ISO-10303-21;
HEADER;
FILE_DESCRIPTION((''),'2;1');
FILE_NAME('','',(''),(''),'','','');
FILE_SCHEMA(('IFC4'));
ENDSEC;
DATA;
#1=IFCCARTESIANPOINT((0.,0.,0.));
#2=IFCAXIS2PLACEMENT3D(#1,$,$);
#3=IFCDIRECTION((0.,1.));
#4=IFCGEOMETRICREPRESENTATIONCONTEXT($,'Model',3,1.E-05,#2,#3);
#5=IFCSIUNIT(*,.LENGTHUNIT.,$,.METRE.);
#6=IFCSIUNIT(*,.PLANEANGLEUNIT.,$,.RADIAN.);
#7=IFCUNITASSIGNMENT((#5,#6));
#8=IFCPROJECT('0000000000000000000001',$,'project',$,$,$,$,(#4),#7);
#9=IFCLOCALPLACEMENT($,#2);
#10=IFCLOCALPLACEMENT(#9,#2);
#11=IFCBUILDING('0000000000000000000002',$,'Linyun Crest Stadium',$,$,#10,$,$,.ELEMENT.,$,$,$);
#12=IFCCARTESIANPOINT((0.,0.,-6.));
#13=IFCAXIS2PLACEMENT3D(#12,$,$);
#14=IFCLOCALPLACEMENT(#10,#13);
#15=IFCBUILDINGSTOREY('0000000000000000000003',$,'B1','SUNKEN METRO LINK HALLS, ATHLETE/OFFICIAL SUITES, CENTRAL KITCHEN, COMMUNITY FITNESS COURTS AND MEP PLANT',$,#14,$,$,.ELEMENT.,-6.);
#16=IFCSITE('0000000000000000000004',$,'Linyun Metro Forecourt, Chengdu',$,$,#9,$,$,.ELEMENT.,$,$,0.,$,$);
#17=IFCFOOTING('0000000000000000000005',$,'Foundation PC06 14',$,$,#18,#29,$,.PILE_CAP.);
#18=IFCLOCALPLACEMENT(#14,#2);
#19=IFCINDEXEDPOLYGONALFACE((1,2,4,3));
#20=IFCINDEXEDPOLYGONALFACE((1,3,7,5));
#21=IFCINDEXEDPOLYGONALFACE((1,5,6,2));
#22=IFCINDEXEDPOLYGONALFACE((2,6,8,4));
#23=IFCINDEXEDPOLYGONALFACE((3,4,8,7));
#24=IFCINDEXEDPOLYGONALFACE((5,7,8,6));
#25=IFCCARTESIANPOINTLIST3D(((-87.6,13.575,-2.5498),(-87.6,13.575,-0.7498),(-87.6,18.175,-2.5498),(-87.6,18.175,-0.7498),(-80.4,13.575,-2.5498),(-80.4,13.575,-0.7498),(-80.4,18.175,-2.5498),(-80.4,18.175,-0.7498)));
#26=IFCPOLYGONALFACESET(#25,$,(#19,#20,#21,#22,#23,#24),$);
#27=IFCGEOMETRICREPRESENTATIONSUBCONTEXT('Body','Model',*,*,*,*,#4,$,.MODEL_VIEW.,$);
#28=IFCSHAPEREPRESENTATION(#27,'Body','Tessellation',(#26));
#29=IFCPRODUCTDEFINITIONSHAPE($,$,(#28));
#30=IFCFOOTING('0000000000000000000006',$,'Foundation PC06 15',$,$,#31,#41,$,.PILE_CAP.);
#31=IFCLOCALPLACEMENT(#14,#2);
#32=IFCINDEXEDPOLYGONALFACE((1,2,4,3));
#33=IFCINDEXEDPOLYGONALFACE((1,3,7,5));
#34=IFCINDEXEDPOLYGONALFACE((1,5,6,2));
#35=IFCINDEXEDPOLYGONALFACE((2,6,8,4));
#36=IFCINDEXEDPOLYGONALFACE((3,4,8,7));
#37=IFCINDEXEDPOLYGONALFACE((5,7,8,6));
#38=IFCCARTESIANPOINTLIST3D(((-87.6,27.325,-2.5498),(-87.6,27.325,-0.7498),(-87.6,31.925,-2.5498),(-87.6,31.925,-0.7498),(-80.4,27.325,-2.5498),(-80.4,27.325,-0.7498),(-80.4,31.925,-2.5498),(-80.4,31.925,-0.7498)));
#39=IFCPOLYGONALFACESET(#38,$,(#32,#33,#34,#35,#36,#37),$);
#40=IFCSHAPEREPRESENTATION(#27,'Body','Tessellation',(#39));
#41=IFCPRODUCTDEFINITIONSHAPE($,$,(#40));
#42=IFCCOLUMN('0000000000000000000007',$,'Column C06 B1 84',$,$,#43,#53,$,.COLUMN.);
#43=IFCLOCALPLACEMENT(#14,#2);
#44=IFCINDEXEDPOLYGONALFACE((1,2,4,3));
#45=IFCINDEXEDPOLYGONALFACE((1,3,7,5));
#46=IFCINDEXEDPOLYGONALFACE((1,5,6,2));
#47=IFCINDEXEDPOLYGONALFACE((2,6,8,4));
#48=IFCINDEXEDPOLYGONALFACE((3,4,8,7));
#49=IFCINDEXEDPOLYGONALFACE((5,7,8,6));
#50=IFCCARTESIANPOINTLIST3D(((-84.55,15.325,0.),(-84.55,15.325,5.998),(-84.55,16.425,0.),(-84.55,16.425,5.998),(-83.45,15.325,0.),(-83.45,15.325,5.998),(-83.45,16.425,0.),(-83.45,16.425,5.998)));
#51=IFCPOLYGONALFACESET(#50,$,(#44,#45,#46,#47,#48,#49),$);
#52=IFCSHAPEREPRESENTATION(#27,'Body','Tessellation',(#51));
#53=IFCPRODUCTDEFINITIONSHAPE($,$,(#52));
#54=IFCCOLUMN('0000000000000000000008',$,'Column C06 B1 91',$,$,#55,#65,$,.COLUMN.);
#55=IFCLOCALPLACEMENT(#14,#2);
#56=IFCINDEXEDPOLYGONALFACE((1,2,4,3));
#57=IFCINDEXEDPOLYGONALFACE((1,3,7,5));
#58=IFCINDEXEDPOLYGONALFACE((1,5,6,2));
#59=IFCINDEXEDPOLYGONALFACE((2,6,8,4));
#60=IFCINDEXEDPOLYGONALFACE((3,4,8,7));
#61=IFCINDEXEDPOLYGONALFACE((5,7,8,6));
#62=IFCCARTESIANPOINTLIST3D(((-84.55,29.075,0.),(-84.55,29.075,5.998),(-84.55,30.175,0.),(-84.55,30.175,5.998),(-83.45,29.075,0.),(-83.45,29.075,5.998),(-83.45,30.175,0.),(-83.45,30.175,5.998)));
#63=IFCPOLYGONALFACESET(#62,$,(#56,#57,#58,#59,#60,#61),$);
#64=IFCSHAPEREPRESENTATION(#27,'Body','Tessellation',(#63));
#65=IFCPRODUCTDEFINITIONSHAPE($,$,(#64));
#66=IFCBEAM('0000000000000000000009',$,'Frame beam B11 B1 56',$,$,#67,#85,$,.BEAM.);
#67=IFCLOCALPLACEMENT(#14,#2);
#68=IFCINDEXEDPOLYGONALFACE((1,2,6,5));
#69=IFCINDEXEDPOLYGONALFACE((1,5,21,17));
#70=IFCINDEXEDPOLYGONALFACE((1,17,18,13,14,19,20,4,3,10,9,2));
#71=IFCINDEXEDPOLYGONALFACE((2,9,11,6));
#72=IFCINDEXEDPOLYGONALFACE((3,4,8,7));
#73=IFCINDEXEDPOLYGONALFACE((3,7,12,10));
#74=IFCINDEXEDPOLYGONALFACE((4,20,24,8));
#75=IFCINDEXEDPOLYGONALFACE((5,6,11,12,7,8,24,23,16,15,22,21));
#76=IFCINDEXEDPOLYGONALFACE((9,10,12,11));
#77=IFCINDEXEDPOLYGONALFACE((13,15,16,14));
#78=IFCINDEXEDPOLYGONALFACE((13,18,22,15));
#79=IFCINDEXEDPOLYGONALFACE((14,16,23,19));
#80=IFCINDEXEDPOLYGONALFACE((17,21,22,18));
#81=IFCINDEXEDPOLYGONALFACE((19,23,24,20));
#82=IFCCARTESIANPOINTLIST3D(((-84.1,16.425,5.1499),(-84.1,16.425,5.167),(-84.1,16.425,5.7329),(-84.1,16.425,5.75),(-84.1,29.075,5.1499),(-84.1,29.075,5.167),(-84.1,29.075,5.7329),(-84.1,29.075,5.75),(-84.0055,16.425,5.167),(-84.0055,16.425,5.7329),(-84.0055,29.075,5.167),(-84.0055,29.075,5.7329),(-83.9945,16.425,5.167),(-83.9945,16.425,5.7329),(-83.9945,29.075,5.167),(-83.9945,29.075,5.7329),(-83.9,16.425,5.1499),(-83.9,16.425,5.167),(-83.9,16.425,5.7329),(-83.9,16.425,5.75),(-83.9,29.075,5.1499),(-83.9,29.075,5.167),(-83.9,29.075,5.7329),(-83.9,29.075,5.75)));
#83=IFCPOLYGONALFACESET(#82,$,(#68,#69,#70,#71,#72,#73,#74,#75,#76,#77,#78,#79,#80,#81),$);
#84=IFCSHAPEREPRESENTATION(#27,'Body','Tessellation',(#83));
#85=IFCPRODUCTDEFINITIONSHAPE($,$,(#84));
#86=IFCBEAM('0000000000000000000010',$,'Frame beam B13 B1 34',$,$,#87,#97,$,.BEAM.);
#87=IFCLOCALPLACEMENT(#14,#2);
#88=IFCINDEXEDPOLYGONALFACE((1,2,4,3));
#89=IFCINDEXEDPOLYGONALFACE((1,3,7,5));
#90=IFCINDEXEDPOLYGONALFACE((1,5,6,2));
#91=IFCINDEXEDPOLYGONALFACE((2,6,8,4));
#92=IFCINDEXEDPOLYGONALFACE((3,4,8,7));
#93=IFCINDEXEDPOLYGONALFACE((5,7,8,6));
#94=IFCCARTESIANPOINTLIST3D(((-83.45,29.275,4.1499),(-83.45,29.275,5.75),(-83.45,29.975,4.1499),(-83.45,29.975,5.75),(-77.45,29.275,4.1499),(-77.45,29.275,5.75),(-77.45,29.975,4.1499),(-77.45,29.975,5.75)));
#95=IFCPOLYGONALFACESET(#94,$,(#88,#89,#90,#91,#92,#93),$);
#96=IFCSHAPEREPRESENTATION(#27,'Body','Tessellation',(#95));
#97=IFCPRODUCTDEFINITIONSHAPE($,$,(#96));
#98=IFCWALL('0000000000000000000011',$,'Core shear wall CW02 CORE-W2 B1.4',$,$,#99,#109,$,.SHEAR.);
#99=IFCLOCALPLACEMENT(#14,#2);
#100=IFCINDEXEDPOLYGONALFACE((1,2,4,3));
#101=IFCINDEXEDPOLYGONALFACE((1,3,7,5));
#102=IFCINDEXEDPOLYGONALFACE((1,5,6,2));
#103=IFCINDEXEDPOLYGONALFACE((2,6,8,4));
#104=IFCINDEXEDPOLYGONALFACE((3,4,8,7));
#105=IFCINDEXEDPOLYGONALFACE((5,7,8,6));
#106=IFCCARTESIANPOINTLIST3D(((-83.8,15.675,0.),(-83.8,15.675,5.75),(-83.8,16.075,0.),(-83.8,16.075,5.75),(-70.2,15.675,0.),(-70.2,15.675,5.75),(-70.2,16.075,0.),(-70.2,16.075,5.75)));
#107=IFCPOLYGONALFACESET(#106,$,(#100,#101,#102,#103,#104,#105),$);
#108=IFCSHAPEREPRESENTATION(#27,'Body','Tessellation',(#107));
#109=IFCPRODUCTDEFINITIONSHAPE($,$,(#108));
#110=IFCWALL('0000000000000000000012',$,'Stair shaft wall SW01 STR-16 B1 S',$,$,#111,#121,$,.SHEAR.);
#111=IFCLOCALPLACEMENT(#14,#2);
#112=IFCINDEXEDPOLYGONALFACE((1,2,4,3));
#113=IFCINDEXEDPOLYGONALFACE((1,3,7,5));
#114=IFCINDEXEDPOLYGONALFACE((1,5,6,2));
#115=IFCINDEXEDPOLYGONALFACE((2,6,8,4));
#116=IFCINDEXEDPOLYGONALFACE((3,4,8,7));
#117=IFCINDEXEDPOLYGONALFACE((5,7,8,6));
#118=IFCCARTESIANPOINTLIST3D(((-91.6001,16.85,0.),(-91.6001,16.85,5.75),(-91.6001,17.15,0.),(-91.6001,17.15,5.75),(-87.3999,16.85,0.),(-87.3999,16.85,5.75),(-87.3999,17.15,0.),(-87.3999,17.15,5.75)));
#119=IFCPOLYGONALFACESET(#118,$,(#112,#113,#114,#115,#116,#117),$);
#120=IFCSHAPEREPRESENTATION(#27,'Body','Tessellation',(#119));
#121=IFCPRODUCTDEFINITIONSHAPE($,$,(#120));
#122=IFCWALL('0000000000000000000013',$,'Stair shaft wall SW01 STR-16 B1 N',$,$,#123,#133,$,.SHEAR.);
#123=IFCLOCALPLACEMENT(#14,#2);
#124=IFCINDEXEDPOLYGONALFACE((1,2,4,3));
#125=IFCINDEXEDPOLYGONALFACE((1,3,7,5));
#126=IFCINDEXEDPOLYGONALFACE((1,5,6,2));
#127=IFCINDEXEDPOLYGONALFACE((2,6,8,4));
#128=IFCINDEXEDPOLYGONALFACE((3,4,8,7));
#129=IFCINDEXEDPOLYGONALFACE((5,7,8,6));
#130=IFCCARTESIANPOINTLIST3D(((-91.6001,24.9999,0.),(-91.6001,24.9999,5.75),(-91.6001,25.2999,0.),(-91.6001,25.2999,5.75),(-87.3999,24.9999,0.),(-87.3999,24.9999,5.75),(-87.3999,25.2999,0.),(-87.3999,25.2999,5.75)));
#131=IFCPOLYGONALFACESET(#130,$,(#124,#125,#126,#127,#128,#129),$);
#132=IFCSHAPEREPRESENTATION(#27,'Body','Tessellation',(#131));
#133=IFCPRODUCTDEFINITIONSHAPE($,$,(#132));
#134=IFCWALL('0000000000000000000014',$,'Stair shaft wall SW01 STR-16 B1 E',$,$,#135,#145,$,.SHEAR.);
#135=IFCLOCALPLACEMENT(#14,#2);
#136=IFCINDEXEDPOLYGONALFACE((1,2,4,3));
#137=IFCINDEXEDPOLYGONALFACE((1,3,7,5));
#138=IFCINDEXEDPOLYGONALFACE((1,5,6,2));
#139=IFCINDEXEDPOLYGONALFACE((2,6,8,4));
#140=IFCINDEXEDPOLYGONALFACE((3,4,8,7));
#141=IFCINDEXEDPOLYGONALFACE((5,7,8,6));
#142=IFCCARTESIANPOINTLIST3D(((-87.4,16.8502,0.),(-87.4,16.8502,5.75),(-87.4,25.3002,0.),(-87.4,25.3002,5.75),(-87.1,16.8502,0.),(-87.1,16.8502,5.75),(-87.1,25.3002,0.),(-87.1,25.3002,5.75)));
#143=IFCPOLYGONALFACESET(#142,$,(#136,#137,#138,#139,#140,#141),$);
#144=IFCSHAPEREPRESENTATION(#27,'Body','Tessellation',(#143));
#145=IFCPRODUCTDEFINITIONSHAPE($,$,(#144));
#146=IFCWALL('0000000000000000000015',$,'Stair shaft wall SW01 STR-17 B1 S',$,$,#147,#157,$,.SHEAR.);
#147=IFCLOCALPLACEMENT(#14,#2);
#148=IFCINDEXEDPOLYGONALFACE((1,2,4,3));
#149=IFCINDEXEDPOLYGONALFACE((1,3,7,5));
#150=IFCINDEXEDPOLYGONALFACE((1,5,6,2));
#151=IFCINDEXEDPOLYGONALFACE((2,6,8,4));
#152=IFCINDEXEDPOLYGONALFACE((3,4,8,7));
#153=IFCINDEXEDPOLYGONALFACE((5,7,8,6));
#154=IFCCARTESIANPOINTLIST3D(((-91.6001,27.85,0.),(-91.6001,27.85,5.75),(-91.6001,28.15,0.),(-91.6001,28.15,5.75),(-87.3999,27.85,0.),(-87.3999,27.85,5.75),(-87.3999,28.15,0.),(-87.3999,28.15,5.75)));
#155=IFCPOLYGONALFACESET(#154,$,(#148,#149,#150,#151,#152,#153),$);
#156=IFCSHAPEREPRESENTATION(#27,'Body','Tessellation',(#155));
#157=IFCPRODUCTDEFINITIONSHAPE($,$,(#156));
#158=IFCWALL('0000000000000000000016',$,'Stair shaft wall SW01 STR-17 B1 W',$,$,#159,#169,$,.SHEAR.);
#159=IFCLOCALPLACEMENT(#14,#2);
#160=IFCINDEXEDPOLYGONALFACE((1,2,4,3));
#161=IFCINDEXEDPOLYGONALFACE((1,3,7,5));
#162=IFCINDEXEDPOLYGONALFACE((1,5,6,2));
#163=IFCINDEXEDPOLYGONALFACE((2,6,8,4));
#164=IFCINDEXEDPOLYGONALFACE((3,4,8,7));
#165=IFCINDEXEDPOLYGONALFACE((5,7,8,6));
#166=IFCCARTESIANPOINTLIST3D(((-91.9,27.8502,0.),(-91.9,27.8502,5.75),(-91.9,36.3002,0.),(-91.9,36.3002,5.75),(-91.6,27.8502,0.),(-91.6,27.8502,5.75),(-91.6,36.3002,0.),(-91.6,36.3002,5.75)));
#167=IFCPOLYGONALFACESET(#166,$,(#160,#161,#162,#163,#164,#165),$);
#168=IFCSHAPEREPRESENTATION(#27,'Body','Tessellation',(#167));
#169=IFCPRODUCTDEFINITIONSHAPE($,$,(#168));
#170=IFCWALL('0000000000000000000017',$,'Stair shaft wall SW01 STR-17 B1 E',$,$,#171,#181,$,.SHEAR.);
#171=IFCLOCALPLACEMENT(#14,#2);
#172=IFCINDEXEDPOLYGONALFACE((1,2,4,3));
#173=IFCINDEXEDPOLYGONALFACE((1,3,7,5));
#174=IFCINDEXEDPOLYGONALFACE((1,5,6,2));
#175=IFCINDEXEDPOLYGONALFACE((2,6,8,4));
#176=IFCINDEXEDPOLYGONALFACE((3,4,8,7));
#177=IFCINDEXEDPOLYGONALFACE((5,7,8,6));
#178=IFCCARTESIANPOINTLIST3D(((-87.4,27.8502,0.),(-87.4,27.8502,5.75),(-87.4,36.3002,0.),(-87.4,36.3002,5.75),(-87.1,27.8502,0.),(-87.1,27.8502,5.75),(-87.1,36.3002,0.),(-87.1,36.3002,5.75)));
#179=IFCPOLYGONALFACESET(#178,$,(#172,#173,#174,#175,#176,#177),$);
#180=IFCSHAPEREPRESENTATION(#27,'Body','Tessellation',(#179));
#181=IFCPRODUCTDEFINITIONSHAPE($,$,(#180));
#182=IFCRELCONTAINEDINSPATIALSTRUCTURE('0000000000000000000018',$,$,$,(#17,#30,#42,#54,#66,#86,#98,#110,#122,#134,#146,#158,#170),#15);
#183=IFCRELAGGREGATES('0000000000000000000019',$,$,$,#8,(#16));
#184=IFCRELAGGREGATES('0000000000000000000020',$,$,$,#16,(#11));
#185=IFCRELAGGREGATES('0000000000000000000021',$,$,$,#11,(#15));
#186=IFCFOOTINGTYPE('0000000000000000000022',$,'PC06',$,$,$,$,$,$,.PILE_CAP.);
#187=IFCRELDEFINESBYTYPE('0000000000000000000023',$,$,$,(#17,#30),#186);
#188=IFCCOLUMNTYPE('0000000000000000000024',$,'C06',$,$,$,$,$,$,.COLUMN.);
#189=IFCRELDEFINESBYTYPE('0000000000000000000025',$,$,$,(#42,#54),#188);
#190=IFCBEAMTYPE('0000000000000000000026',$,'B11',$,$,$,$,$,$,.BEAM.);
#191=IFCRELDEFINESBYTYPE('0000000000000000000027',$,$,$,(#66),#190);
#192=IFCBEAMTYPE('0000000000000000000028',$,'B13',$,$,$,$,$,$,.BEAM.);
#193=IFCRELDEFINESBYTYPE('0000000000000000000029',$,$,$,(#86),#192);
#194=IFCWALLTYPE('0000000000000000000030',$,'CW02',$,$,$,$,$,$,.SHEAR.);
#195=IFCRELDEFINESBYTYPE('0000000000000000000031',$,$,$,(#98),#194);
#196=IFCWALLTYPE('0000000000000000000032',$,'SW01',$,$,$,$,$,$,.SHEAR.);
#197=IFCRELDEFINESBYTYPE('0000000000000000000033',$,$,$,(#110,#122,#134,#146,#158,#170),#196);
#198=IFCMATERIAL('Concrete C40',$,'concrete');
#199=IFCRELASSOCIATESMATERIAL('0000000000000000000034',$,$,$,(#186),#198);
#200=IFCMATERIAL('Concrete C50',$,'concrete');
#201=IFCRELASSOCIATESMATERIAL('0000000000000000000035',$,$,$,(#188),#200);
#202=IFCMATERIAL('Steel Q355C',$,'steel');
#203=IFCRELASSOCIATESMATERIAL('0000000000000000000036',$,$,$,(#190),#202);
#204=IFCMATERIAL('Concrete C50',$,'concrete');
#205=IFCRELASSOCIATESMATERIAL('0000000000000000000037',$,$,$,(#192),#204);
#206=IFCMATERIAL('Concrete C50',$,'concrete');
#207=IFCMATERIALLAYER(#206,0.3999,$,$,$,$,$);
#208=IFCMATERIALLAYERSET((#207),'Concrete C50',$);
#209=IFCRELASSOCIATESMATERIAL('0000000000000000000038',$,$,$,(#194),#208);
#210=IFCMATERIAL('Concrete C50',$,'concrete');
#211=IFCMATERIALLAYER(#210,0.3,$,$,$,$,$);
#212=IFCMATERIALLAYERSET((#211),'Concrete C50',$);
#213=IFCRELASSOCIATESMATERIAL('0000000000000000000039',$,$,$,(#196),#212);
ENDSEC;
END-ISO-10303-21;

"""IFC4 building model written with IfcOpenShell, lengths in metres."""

from ifc_helpers import new_model, si_unit, direction, frame, frame_2d, origin, origin_2d, place, context, subcontext, project, spatial, rectangle, i_section, extrude, material, layer, layer_set, material_profile, profile_set, type_object, element, save


model = new_model("IFC4")

# Units and contexts
model_context = context("Model", 3, precision=1e-05, world=origin(), true_north=direction((0.0, 1.0)))
body_context = subcontext(model_context, "Body", "Model", "MODEL_VIEW")
ifc_project = project(units=[si_unit("LENGTHUNIT", "METRE"), si_unit("PLANEANGLEUNIT", "RADIAN")], contexts=[model_context])

# Site, building, storey
site_placement = place(None, origin())
site = spatial("IfcSite", under=ifc_project, at=site_placement, Name="Linyun Metro Forecourt, Chengdu", CompositionType="ELEMENT", RefElevation=0.0)
building_placement = place(site_placement, origin())
building = spatial("IfcBuilding", under=site, at=building_placement, Name="Linyun Crest Stadium", CompositionType="ELEMENT")
storey_placement = place(building_placement, frame((0.0, 0.0, -6.0)))
storey = spatial("IfcBuildingStorey", under=building, at=storey_placement, Name="B1", Description="SUNKEN METRO LINK HALLS, ATHLETE/OFFICIAL SUITES, CENTRAL KITCHEN, COMMUNITY FITNESS COURTS AND MEP PLANT", CompositionType="ELEMENT", Elevation=-6.0)

# Footings
ifc_material_1 = material(Name="Concrete C40", Category="concrete")
footing_type = type_object("IfcFootingType", Name="PC06", PredefinedType="PILE_CAP", material=ifc_material_1)
for number, where, z_axis, x_axis, name in (
    (1, (-84.0, 15.875, -2.5498), (0.0, 0.0, 1.0), (1.0, 0.0, 0.0), "Foundation PC06 14"),
    (2, (-84.0, 29.625, -2.5498), (0.0, 0.0, 1.0), (1.0, 0.0, 0.0), "Foundation PC06 15"),
):
    element("IfcFooting", number, at=place(storey_placement, frame(where, z_axis=z_axis, x_axis=x_axis)), inside=storey, type_object=footing_type, Name=name, PredefinedType="PILE_CAP", context=body_context, shape_type="SweptSolid", body=[
        extrude(rectangle(XDim=7.2, YDim=4.6001, at=origin_2d()), origin(), (0.0, 0.0, 1.0), 1.8),
    ])

# Columns
ifc_material_2 = material(Name="Concrete C50", Category="concrete")
ifc_material_profile_1 = material_profile(ifc_material_2, rectangle(XDim=1.1001, YDim=1.1001, at=origin_2d()), Name="RC 1100x1100")
ifc_profile_set_1 = profile_set([ifc_material_profile_1], Name="Concrete C50")
column_type = type_object("IfcColumnType", Name="C06", PredefinedType="COLUMN", material=ifc_profile_set_1)
for number, where, z_axis, x_axis, name in (
    (3, (-84.0, 15.875, 0.0), (0.0, 0.0, 1.0), (1.0, 0.0, 0.0), "Column C06 B1 84"),
    (4, (-84.0, 29.625, 0.0), (0.0, 0.0, 1.0), (1.0, 0.0, 0.0), "Column C06 B1 91"),
):
    element("IfcColumn", number, at=place(storey_placement, frame(where, z_axis=z_axis, x_axis=x_axis)), inside=storey, type_object=column_type, Name=name, PredefinedType="COLUMN", context=body_context, shape_type="SweptSolid", body=[
        extrude(rectangle(XDim=1.1001, YDim=1.1001, at=origin_2d()), origin(), (0.0, 0.0, 1.0), 5.998),
    ])

# Beams
ifc_material_3 = material(Name="Steel Q355C", Category="steel")
ifc_material_profile_2 = material_profile(ifc_material_3, i_section(OverallWidth=0.2, OverallDepth=0.6001, WebThickness=0.011, FlangeThickness=0.0171, at=origin_2d()), Name="HN 600x200")
ifc_profile_set_2 = profile_set([ifc_material_profile_2], Name="Steel Q355C")
beam_type_1 = type_object("IfcBeamType", Name="B11", PredefinedType="BEAM", material=ifc_profile_set_2)
beam_1_placement = place(storey_placement, frame((-84.0, 16.425, 5.45), z_axis=(0.0, 1.0, 0.0), x_axis=(-1.0, 0.0, 0.0)))
element("IfcBeam", 5, at=beam_1_placement, inside=storey, type_object=beam_type_1, Name="Frame beam B11 B1 56", PredefinedType="BEAM", context=body_context, shape_type="SweptSolid", body=[
    extrude(i_section(OverallWidth=0.2, OverallDepth=0.6001, WebThickness=0.011, FlangeThickness=0.0171, at=origin_2d()), origin(), (0.0, 0.0, 1.0), 12.6499),
])
ifc_material_4 = material(Name="Concrete C50", Category="concrete")
ifc_material_profile_3 = material_profile(ifc_material_4, rectangle(XDim=0.7, YDim=1.6001, at=origin_2d()), Name="RCB 1600x700")
ifc_profile_set_3 = profile_set([ifc_material_profile_3], Name="Concrete C50")
beam_type_2 = type_object("IfcBeamType", Name="B13", PredefinedType="BEAM", material=ifc_profile_set_3)
beam_2_placement = place(storey_placement, frame((-83.45, 29.625, 4.95), z_axis=(1.0, 0.0, 0.0), x_axis=(0.0, 1.0, 0.0)))
element("IfcBeam", 6, at=beam_2_placement, inside=storey, type_object=beam_type_2, Name="Frame beam B13 B1 34", PredefinedType="BEAM", context=body_context, shape_type="SweptSolid", body=[
    extrude(rectangle(XDim=0.7, YDim=1.6001, at=origin_2d()), origin(), (0.0, 0.0, 1.0), 6.0),
])

# Walls
ifc_material_5 = material(Name="Concrete C50", Category="concrete")
ifc_layer_1 = layer(ifc_material_5, 0.3999)
ifc_layer_set_1 = layer_set([ifc_layer_1], Name="Concrete C50")
wall_type_1 = type_object("IfcWallType", Name="CW02", PredefinedType="SHEAR", material=ifc_layer_set_1)
wall_1_placement = place(storey_placement, frame((-83.8, 15.875, 0.0), z_axis=(0.0, 0.0, 1.0), x_axis=(1.0, 0.0, 0.0)))
element("IfcWall", 7, at=wall_1_placement, inside=storey, type_object=wall_type_1, Name="Core shear wall CW02 CORE-W2 B1.4", PredefinedType="SHEAR", context=body_context, shape_type="SweptSolid", body=[
    extrude(rectangle(XDim=13.6001, YDim=0.3999, at=frame_2d((6.8, 0.0))), origin(), (0.0, 0.0, 1.0), 5.75),
])
ifc_material_6 = material(Name="Concrete C50", Category="concrete")
ifc_layer_2 = layer(ifc_material_6, 0.3)
ifc_layer_set_2 = layer_set([ifc_layer_2], Name="Concrete C50")
wall_type_2 = type_object("IfcWallType", Name="SW01", PredefinedType="SHEAR", material=ifc_layer_set_2)
for number, where, z_axis, x_axis, name in (
    (8, (-91.6001, 17.0, 0.0), (0.0, 0.0, 1.0), (1.0, 0.0, 0.0), "Stair shaft wall SW01 STR-16 B1 S"),
    (9, (-91.6001, 25.1499, 0.0), (0.0, 0.0, 1.0), (1.0, 0.0, 0.0), "Stair shaft wall SW01 STR-16 B1 N"),
):
    element("IfcWall", number, at=place(storey_placement, frame(where, z_axis=z_axis, x_axis=x_axis)), inside=storey, type_object=wall_type_2, Name=name, PredefinedType="SHEAR", context=body_context, shape_type="SweptSolid", body=[
        extrude(rectangle(XDim=4.2002, YDim=0.3, at=frame_2d((2.1001, 0.0))), origin(), (0.0, 0.0, 1.0), 5.75),
    ])
wall_2_placement = place(storey_placement, frame((-87.25, 16.8501, 0.0), z_axis=(0.0, 0.0, 1.0), x_axis=(0.0, 1.0, 0.0)))
element("IfcWall", 10, at=wall_2_placement, inside=storey, type_object=wall_type_2, Name="Stair shaft wall SW01 STR-16 B1 E", PredefinedType="SHEAR", context=body_context, shape_type="SweptSolid", body=[
    extrude(rectangle(XDim=8.45, YDim=0.3, at=frame_2d((4.2251, 0.0))), origin(), (0.0, 0.0, 1.0), 5.75),
])
wall_3_placement = place(storey_placement, frame((-91.6001, 28.0, 0.0), z_axis=(0.0, 0.0, 1.0), x_axis=(1.0, 0.0, 0.0)))
element("IfcWall", 11, at=wall_3_placement, inside=storey, type_object=wall_type_2, Name="Stair shaft wall SW01 STR-17 B1 S", PredefinedType="SHEAR", context=body_context, shape_type="SweptSolid", body=[
    extrude(rectangle(XDim=4.2002, YDim=0.3, at=frame_2d((2.1001, 0.0))), origin(), (0.0, 0.0, 1.0), 5.75),
])
for number, where, z_axis, x_axis, name in (
    (12, (-91.75, 27.8501, 0.0), (0.0, 0.0, 1.0), (0.0, 1.0, 0.0), "Stair shaft wall SW01 STR-17 B1 W"),
    (13, (-87.25, 27.8501, 0.0), (0.0, 0.0, 1.0), (0.0, 1.0, 0.0), "Stair shaft wall SW01 STR-17 B1 E"),
):
    element("IfcWall", number, at=place(storey_placement, frame(where, z_axis=z_axis, x_axis=x_axis)), inside=storey, type_object=wall_type_2, Name=name, PredefinedType="SHEAR", context=body_context, shape_type="SweptSolid", body=[
        extrude(rectangle(XDim=8.45, YDim=0.3, at=frame_2d((4.2251, 0.0))), origin(), (0.0, 0.0, 1.0), 5.75),
    ])

save(model, "model.ifc")
